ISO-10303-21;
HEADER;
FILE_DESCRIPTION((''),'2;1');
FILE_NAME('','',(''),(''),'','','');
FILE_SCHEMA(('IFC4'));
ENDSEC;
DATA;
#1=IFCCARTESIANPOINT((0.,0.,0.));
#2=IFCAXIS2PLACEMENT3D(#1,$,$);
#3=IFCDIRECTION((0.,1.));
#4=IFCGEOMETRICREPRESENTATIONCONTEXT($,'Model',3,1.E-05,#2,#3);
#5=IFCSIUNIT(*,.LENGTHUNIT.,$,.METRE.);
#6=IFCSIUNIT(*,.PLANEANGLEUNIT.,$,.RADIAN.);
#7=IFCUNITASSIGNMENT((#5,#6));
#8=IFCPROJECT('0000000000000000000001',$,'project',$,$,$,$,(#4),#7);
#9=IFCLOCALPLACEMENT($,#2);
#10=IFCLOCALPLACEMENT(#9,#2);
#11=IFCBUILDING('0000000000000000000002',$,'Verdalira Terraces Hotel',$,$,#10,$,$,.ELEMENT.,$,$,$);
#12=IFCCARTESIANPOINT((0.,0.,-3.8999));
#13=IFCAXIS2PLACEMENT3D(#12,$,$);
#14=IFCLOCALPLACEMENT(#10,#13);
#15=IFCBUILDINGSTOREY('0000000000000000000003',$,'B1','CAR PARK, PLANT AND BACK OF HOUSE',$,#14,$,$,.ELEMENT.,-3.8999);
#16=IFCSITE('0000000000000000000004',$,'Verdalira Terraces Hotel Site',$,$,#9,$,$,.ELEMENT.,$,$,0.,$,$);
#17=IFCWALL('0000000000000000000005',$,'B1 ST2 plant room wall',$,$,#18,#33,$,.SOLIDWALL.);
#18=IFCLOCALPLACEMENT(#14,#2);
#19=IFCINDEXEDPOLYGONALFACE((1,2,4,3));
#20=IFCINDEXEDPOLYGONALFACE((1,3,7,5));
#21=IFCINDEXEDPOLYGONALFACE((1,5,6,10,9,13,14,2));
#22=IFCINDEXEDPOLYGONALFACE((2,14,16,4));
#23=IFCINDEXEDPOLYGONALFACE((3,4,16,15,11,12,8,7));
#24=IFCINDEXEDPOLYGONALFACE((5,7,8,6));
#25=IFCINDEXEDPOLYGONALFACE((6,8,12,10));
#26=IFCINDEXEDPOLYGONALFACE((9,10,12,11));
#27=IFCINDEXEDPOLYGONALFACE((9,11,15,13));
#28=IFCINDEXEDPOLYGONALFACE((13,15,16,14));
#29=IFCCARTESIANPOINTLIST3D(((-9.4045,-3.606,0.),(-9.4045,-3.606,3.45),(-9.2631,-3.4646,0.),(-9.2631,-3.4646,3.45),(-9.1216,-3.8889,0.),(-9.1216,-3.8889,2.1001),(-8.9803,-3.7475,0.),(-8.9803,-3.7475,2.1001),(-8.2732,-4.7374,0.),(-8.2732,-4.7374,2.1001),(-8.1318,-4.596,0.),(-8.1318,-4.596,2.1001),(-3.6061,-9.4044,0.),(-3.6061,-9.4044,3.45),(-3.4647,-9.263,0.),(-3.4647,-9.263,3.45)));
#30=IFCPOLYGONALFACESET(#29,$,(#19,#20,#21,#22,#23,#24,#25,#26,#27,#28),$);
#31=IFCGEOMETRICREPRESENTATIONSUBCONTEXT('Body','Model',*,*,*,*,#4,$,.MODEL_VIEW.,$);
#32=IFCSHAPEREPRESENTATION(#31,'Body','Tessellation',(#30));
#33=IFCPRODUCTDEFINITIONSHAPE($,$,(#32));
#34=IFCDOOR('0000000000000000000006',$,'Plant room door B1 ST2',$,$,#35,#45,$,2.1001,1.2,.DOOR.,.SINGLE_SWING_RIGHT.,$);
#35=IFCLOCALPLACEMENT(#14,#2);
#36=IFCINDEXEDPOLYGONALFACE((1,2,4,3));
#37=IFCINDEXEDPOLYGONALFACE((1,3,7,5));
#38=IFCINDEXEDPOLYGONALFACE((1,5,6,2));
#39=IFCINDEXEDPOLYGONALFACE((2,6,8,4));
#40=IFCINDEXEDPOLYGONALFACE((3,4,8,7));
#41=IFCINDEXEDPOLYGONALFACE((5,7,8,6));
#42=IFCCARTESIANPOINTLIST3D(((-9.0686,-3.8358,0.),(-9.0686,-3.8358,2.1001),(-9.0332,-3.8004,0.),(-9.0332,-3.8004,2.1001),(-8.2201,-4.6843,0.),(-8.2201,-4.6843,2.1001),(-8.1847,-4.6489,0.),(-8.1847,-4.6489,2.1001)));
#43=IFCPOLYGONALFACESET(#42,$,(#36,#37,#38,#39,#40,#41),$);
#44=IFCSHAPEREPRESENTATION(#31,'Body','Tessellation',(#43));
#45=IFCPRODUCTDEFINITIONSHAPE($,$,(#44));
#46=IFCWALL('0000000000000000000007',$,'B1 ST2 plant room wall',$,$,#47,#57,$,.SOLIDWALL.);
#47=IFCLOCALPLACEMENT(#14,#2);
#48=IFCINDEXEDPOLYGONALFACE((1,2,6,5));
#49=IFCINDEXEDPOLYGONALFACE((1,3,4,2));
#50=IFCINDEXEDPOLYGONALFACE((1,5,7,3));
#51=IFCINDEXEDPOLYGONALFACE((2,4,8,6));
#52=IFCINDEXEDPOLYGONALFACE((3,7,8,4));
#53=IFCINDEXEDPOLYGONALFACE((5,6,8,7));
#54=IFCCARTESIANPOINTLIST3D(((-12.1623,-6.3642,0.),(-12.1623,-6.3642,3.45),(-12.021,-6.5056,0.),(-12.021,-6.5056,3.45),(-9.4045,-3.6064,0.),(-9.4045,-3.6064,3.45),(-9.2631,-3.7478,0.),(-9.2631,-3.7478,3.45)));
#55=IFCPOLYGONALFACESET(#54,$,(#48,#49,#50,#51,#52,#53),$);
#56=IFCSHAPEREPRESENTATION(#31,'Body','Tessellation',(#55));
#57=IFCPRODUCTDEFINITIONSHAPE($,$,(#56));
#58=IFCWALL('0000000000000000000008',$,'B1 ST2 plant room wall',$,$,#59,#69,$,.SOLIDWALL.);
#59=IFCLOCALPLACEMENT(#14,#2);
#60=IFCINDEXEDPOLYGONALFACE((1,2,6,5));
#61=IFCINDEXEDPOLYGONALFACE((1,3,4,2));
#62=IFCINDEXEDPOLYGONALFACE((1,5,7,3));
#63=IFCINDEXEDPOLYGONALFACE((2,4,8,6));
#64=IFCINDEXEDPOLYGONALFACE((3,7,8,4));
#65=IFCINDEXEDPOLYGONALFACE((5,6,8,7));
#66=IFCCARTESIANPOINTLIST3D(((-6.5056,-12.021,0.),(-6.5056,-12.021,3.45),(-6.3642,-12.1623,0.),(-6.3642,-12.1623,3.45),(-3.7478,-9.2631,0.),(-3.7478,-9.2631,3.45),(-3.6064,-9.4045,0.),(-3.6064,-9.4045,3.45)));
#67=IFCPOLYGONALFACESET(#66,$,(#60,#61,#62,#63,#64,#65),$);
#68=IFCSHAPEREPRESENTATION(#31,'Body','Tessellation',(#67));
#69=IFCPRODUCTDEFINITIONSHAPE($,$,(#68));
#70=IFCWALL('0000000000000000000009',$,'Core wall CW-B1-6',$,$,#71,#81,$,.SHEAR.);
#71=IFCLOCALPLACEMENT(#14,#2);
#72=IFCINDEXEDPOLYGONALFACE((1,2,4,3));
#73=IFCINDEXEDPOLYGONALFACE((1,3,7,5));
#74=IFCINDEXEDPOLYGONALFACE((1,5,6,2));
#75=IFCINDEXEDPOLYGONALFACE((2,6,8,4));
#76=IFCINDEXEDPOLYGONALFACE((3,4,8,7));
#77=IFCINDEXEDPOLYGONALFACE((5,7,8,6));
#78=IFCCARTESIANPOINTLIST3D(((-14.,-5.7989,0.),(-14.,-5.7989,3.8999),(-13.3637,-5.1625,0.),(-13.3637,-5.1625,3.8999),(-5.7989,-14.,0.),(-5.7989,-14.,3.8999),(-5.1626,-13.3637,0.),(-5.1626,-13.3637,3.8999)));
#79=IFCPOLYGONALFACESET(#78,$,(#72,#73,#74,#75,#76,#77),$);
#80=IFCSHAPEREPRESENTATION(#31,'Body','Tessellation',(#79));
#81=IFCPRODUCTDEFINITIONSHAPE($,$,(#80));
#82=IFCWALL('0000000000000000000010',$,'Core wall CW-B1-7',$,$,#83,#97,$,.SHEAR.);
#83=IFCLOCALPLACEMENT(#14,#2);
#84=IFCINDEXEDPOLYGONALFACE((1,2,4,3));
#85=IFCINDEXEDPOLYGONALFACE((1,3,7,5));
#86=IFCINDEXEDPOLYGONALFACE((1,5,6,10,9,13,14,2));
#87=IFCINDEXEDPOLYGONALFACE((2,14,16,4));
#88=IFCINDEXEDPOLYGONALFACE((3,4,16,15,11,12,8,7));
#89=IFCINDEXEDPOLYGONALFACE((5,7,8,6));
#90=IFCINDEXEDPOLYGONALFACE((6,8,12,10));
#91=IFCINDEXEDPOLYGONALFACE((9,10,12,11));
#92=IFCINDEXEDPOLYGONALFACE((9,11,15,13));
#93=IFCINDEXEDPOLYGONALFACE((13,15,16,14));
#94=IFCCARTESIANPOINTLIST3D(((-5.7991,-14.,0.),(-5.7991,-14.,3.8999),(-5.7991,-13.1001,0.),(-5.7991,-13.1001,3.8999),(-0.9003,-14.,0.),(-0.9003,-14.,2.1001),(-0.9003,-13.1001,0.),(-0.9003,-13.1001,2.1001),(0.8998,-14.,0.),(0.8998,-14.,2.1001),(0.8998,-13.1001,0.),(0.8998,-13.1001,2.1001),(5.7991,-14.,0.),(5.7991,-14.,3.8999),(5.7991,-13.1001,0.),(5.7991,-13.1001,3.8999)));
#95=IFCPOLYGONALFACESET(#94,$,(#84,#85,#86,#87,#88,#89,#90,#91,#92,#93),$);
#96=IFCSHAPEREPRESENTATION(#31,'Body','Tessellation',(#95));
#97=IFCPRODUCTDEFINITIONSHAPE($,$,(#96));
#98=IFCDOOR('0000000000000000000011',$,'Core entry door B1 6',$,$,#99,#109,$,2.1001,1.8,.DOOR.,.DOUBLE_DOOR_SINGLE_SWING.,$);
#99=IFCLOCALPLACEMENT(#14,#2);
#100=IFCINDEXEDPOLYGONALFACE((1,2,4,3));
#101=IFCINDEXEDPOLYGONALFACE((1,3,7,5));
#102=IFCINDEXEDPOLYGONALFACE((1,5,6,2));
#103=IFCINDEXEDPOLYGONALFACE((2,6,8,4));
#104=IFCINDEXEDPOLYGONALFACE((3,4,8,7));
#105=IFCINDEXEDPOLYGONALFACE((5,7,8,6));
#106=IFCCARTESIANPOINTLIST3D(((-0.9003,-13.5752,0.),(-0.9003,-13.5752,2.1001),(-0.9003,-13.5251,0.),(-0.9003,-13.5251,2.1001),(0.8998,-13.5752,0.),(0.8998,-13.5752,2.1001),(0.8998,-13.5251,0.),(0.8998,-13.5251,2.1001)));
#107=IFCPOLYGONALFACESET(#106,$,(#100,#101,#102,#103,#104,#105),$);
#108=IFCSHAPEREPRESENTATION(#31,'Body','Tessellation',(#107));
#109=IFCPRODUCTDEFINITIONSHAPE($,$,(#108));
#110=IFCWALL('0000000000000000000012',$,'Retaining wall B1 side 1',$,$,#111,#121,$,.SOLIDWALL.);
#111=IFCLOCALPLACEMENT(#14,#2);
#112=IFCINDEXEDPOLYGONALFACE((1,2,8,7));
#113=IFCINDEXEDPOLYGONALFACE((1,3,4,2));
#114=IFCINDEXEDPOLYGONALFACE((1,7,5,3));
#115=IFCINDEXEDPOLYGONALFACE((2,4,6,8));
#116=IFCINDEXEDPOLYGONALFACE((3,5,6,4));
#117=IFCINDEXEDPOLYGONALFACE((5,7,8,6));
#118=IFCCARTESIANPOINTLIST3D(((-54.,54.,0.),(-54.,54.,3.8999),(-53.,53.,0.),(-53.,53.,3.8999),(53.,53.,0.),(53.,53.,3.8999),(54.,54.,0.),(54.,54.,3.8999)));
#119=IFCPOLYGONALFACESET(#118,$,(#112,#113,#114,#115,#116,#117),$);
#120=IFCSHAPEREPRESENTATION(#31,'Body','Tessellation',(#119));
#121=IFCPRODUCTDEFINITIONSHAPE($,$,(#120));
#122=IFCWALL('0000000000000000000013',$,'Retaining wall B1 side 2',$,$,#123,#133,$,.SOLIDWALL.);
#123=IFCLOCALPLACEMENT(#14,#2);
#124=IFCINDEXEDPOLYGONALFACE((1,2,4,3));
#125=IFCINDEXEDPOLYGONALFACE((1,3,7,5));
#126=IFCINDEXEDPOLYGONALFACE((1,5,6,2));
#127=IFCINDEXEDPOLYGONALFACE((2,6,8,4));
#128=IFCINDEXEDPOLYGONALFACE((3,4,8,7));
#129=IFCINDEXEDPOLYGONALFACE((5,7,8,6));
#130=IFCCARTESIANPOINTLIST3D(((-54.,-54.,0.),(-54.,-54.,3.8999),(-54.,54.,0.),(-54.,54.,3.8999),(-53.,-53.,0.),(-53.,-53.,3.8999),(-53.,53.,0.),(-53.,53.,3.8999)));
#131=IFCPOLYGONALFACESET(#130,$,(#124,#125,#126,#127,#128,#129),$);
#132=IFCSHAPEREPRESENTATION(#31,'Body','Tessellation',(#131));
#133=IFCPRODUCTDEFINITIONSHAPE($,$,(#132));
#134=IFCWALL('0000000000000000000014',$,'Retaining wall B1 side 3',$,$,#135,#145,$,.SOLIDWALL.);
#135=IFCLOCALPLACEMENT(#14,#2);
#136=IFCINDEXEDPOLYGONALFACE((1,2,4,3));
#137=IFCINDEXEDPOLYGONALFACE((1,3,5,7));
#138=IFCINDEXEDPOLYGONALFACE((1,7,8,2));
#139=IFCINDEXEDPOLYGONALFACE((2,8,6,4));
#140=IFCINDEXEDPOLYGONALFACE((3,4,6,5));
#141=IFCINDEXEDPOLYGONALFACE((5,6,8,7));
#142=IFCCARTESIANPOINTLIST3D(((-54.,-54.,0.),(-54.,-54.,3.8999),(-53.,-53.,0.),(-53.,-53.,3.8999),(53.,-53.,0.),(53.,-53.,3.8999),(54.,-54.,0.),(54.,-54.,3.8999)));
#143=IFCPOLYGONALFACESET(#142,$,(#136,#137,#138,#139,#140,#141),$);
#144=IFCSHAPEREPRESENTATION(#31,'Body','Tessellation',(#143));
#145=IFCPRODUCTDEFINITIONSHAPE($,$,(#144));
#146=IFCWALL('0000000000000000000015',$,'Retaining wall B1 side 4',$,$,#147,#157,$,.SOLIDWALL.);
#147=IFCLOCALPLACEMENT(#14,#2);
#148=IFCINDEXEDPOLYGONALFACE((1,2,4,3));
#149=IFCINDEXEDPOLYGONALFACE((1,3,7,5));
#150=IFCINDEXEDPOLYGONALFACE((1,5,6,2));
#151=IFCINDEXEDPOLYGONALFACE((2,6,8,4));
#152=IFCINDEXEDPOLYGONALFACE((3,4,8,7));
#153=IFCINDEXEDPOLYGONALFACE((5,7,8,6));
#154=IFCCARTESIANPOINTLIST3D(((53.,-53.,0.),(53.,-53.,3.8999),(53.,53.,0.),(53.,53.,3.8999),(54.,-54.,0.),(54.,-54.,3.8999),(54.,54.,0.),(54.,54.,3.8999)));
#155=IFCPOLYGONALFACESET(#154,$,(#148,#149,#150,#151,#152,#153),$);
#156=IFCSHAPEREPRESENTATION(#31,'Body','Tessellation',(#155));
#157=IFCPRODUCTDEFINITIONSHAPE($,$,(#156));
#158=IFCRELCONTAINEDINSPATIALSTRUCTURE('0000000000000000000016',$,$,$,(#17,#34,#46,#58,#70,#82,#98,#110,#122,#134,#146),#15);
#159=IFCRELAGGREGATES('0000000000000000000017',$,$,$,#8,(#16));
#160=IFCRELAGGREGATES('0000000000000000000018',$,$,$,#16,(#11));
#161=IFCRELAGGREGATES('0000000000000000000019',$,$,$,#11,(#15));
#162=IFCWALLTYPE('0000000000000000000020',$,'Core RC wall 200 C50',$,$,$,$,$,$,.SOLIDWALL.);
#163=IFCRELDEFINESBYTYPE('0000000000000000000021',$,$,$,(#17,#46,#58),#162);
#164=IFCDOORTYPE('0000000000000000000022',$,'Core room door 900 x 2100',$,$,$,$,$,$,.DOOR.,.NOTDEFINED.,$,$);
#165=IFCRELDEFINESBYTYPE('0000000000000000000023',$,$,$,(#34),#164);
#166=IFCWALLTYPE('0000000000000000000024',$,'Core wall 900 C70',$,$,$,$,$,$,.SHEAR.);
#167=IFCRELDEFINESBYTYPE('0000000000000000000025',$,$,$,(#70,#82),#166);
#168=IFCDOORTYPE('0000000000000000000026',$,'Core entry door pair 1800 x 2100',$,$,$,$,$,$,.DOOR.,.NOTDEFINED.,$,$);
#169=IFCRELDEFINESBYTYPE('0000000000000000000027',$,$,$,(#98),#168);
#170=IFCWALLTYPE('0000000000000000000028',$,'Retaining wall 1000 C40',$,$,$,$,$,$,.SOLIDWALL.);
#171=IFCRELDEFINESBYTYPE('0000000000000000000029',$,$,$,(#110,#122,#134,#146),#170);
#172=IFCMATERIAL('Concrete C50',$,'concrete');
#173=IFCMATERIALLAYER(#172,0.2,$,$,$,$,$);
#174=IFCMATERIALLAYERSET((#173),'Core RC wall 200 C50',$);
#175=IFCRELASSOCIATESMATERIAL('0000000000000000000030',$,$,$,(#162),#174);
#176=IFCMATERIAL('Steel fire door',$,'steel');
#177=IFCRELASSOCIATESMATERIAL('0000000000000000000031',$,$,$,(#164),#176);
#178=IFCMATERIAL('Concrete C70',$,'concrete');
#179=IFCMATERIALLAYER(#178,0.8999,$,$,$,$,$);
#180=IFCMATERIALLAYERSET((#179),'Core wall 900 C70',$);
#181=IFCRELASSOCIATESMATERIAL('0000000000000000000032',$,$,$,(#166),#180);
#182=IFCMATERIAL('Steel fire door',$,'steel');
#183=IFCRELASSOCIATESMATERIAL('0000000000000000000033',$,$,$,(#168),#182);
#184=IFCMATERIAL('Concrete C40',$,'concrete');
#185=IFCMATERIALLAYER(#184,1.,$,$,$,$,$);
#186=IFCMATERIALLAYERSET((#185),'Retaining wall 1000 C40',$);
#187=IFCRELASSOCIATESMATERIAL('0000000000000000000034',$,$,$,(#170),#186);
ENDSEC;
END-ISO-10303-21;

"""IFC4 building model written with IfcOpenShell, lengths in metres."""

from ifc_helpers import new_model, si_unit, direction, frame, frame_2d, origin, place, context, subcontext, project, spatial, polyline, rectangle, outline, extrude, material, layer, layer_set, type_object, element, fill, save


model = new_model("IFC4")

# Units and contexts
model_context = context("Model", 3, precision=1e-05, world=origin(), true_north=direction((0.0, 1.0)))
body_context = subcontext(model_context, "Body", "Model", "MODEL_VIEW")
ifc_project = project(units=[si_unit("LENGTHUNIT", "METRE"), si_unit("PLANEANGLEUNIT", "RADIAN")], contexts=[model_context])

# Site, building, storey
site_placement = place(None, origin())
site = spatial("IfcSite", under=ifc_project, at=site_placement, Name="Verdalira Terraces Hotel Site", CompositionType="ELEMENT", RefElevation=0.0)
building_placement = place(site_placement, origin())
building = spatial("IfcBuilding", under=site, at=building_placement, Name="Verdalira Terraces Hotel", CompositionType="ELEMENT")
storey_placement = place(building_placement, frame((0.0, 0.0, -3.8999)))
storey = spatial("IfcBuildingStorey", under=building, at=storey_placement, Name="B1", Description="CAR PARK, PLANT AND BACK OF HOUSE", CompositionType="ELEMENT", Elevation=-3.8999)

# Shared definitions
ifc_material_1 = material(Name="Concrete C50", Category="concrete")
ifc_layer_1 = layer(ifc_material_1, 0.2)
ifc_layer_set_1 = layer_set([ifc_layer_1], Name="Core RC wall 200 C50")
wall_type_1 = type_object("IfcWallType", Name="Core RC wall 200 C50", PredefinedType="SOLIDWALL", material=ifc_layer_set_1)

# Wall, opening, door
wall_1_placement = place(storey_placement, frame((-3.5354, -9.3337, 0.0), z_axis=(0.0, 0.0, 1.0), x_axis=(-0.707107, 0.707107, 0.0)))
wall_1 = element("IfcWall", 1, at=wall_1_placement, inside=storey, type_object=wall_type_1, Name="B1 ST2 plant room wall", PredefinedType="SOLIDWALL", context=body_context, shape_type="SweptSolid", body=[
    extrude(rectangle(XDim=8.2002, YDim=0.2, at=frame_2d((4.1001, 0.0))), origin(), (0.0, 0.0, 1.0), 3.45),
])
opening_1_placement = place(wall_1_placement, frame((6.6001, 0.0, 0.0)))
opening_1 = element("IfcOpeningElement", 2, at=opening_1_placement, cuts=wall_1, PredefinedType="OPENING", context=body_context, shape_type="SweptSolid", body=[
    extrude(rectangle(XDim=1.2, YDim=2.1001, at=frame_2d((0.6001, 1.05))), frame((0.0, 0.1099, 0.0), z_axis=(0.0, -1.0, 0.0), x_axis=(1.0, 0.0, 0.0)), (0.0, 0.0, 1.0), 0.22),
])
ifc_material_2 = material(Name="Steel fire door", Category="steel")
door_type_1 = type_object("IfcDoorType", Name="Core room door 900 x 2100", OperationType="NOTDEFINED", PredefinedType="DOOR", material=ifc_material_2)
door_1_placement = place(opening_1_placement, origin())
door_1 = element("IfcDoor", 3, at=door_1_placement, inside=storey, type_object=door_type_1, Name="Plant room door B1 ST2", OperationType="SINGLE_SWING_RIGHT", OverallHeight=2.1001, OverallWidth=1.2, PredefinedType="DOOR", context=body_context, shape_type="SweptSolid", body=[
    extrude(rectangle(XDim=1.2, YDim=2.1001, at=frame_2d((0.6001, 1.05))), frame((0.0, 0.0249, 0.0), z_axis=(0.0, -1.0, 0.0), x_axis=(1.0, 0.0, 0.0)), (0.0, 0.0, 1.0), 0.05),
])
fill(opening_1, door_1)

# Walls
for number, where, z_axis, x_axis, name in (
    (4, (-9.3337, -3.677, 0.0), (0.0, 0.0, 1.0), (-0.707107, -0.707107, 0.0), "B1 ST2 plant room wall"),
    (5, (-3.677, -9.3337, 0.0), (0.0, 0.0, 1.0), (-0.707107, -0.707107, 0.0), "B1 ST2 plant room wall"),
):
    element("IfcWall", number, at=place(storey_placement, frame(where, z_axis=z_axis, x_axis=x_axis)), inside=storey, type_object=wall_type_1, Name=name, PredefinedType="SOLIDWALL", context=body_context, shape_type="SweptSolid", body=[
        extrude(rectangle(XDim=3.9001, YDim=0.2, at=frame_2d((1.9502, 0.0))), origin(), (0.0, 0.0, 1.0), 3.45),
    ])
ifc_material_3 = material(Name="Concrete C70", Category="concrete")
ifc_layer_2 = layer(ifc_material_3, 0.8999)
ifc_layer_set_2 = layer_set([ifc_layer_2], Name="Core wall 900 C70")
wall_type_2 = type_object("IfcWallType", Name="Core wall 900 C70", PredefinedType="SHEAR", material=ifc_layer_set_2)
wall_2_placement = place(storey_placement, frame((-13.6819, -5.4807, 0.0), z_axis=(0.0, 0.0, 1.0), x_axis=(0.707107, -0.707107, 0.0)))
element("IfcWall", 6, at=wall_2_placement, inside=storey, type_object=wall_type_2, Name="Core wall CW-B1-6", PredefinedType="SHEAR", context=body_context, shape_type="SweptSolid", body=[
    extrude(rectangle(XDim=11.5981, YDim=0.8999, at=frame_2d((5.7991, 0.0))), origin(), (0.0, 0.0, 1.0), 3.8999),
])

# Wall, opening, door
wall_3_placement = place(storey_placement, frame((-5.7991, -13.55, 0.0), z_axis=(0.0, 0.0, 1.0), x_axis=(1.0, 0.0, 0.0)))
wall_3 = element("IfcWall", 7, at=wall_3_placement, inside=storey, type_object=wall_type_2, Name="Core wall CW-B1-7", PredefinedType="SHEAR", context=body_context, shape_type="SweptSolid", body=[
    extrude(rectangle(XDim=11.5981, YDim=0.8999, at=frame_2d((5.7991, 0.0))), origin(), (0.0, 0.0, 1.0), 3.8999),
])
opening_2_placement = place(wall_3_placement, frame((4.8989, 0.0, 0.0)))
opening_2 = element("IfcOpeningElement", 8, at=opening_2_placement, cuts=wall_3, PredefinedType="OPENING", context=body_context, shape_type="SweptSolid", body=[
    extrude(rectangle(XDim=1.8, YDim=2.1001, at=frame_2d((0.8999, 1.05))), frame((0.0, 0.46, 0.0), z_axis=(0.0, -1.0, 0.0), x_axis=(1.0, 0.0, 0.0)), (0.0, 0.0, 1.0), 0.9199),
])
ifc_material_4 = material(Name="Steel fire door", Category="steel")
door_type_2 = type_object("IfcDoorType", Name="Core entry door pair 1800 x 2100", OperationType="NOTDEFINED", PredefinedType="DOOR", material=ifc_material_4)
door_2_placement = place(opening_2_placement, origin())
door_2 = element("IfcDoor", 9, at=door_2_placement, inside=storey, type_object=door_type_2, Name="Core entry door B1 6", OperationType="DOUBLE_DOOR_SINGLE_SWING", OverallHeight=2.1001, OverallWidth=1.8, PredefinedType="DOOR", context=body_context, shape_type="SweptSolid", body=[
    extrude(rectangle(XDim=1.8, YDim=2.1001, at=frame_2d((0.8999, 1.05))), frame((0.0, 0.0249, 0.0), z_axis=(0.0, -1.0, 0.0), x_axis=(1.0, 0.0, 0.0)), (0.0, 0.0, 1.0), 0.05),
])
fill(opening_2, door_2)

# Walls
ifc_material_5 = material(Name="Concrete C40", Category="concrete")
ifc_layer_3 = layer(ifc_material_5, 1.0)
ifc_layer_set_3 = layer_set([ifc_layer_3], Name="Retaining wall 1000 C40")
wall_type_3 = type_object("IfcWallType", Name="Retaining wall 1000 C40", PredefinedType="SOLIDWALL", material=ifc_layer_set_3)
wall_4_placement = place(storey_placement, origin())
element("IfcWall", 10, at=wall_4_placement, inside=storey, type_object=wall_type_3, Name="Retaining wall B1 side 1", PredefinedType="SOLIDWALL", context=body_context, shape_type="SweptSolid", body=[
    extrude(outline(polyline([(54.0, 54.0), (-54.0, 54.0), (-53.0, 53.0), (53.0, 53.0), (54.0, 54.0)])), origin(), (0.0, 0.0, 1.0), 3.8999),
])
wall_5_placement = place(storey_placement, origin())
element("IfcWall", 11, at=wall_5_placement, inside=storey, type_object=wall_type_3, Name="Retaining wall B1 side 2", PredefinedType="SOLIDWALL", context=body_context, shape_type="SweptSolid", body=[
    extrude(outline(polyline([(-54.0, 54.0), (-54.0, -54.0), (-53.0, -53.0), (-53.0, 53.0), (-54.0, 54.0)])), origin(), (0.0, 0.0, 1.0), 3.8999),
])
wall_6_placement = place(storey_placement, origin())
element("IfcWall", 12, at=wall_6_placement, inside=storey, type_object=wall_type_3, Name="Retaining wall B1 side 3", PredefinedType="SOLIDWALL", context=body_context, shape_type="SweptSolid", body=[
    extrude(outline(polyline([(-54.0, -54.0), (54.0, -54.0), (53.0, -53.0), (-53.0, -53.0), (-54.0, -54.0)])), origin(), (0.0, 0.0, 1.0), 3.8999),
])
wall_7_placement = place(storey_placement, origin())
element("IfcWall", 13, at=wall_7_placement, inside=storey, type_object=wall_type_3, Name="Retaining wall B1 side 4", PredefinedType="SOLIDWALL", context=body_context, shape_type="SweptSolid", body=[
    extrude(outline(polyline([(54.0, -54.0), (54.0, 54.0), (53.0, 53.0), (53.0, -53.0), (54.0, -54.0)])), origin(), (0.0, 0.0, 1.0), 3.8999),
])

save(model, "model.ifc")
